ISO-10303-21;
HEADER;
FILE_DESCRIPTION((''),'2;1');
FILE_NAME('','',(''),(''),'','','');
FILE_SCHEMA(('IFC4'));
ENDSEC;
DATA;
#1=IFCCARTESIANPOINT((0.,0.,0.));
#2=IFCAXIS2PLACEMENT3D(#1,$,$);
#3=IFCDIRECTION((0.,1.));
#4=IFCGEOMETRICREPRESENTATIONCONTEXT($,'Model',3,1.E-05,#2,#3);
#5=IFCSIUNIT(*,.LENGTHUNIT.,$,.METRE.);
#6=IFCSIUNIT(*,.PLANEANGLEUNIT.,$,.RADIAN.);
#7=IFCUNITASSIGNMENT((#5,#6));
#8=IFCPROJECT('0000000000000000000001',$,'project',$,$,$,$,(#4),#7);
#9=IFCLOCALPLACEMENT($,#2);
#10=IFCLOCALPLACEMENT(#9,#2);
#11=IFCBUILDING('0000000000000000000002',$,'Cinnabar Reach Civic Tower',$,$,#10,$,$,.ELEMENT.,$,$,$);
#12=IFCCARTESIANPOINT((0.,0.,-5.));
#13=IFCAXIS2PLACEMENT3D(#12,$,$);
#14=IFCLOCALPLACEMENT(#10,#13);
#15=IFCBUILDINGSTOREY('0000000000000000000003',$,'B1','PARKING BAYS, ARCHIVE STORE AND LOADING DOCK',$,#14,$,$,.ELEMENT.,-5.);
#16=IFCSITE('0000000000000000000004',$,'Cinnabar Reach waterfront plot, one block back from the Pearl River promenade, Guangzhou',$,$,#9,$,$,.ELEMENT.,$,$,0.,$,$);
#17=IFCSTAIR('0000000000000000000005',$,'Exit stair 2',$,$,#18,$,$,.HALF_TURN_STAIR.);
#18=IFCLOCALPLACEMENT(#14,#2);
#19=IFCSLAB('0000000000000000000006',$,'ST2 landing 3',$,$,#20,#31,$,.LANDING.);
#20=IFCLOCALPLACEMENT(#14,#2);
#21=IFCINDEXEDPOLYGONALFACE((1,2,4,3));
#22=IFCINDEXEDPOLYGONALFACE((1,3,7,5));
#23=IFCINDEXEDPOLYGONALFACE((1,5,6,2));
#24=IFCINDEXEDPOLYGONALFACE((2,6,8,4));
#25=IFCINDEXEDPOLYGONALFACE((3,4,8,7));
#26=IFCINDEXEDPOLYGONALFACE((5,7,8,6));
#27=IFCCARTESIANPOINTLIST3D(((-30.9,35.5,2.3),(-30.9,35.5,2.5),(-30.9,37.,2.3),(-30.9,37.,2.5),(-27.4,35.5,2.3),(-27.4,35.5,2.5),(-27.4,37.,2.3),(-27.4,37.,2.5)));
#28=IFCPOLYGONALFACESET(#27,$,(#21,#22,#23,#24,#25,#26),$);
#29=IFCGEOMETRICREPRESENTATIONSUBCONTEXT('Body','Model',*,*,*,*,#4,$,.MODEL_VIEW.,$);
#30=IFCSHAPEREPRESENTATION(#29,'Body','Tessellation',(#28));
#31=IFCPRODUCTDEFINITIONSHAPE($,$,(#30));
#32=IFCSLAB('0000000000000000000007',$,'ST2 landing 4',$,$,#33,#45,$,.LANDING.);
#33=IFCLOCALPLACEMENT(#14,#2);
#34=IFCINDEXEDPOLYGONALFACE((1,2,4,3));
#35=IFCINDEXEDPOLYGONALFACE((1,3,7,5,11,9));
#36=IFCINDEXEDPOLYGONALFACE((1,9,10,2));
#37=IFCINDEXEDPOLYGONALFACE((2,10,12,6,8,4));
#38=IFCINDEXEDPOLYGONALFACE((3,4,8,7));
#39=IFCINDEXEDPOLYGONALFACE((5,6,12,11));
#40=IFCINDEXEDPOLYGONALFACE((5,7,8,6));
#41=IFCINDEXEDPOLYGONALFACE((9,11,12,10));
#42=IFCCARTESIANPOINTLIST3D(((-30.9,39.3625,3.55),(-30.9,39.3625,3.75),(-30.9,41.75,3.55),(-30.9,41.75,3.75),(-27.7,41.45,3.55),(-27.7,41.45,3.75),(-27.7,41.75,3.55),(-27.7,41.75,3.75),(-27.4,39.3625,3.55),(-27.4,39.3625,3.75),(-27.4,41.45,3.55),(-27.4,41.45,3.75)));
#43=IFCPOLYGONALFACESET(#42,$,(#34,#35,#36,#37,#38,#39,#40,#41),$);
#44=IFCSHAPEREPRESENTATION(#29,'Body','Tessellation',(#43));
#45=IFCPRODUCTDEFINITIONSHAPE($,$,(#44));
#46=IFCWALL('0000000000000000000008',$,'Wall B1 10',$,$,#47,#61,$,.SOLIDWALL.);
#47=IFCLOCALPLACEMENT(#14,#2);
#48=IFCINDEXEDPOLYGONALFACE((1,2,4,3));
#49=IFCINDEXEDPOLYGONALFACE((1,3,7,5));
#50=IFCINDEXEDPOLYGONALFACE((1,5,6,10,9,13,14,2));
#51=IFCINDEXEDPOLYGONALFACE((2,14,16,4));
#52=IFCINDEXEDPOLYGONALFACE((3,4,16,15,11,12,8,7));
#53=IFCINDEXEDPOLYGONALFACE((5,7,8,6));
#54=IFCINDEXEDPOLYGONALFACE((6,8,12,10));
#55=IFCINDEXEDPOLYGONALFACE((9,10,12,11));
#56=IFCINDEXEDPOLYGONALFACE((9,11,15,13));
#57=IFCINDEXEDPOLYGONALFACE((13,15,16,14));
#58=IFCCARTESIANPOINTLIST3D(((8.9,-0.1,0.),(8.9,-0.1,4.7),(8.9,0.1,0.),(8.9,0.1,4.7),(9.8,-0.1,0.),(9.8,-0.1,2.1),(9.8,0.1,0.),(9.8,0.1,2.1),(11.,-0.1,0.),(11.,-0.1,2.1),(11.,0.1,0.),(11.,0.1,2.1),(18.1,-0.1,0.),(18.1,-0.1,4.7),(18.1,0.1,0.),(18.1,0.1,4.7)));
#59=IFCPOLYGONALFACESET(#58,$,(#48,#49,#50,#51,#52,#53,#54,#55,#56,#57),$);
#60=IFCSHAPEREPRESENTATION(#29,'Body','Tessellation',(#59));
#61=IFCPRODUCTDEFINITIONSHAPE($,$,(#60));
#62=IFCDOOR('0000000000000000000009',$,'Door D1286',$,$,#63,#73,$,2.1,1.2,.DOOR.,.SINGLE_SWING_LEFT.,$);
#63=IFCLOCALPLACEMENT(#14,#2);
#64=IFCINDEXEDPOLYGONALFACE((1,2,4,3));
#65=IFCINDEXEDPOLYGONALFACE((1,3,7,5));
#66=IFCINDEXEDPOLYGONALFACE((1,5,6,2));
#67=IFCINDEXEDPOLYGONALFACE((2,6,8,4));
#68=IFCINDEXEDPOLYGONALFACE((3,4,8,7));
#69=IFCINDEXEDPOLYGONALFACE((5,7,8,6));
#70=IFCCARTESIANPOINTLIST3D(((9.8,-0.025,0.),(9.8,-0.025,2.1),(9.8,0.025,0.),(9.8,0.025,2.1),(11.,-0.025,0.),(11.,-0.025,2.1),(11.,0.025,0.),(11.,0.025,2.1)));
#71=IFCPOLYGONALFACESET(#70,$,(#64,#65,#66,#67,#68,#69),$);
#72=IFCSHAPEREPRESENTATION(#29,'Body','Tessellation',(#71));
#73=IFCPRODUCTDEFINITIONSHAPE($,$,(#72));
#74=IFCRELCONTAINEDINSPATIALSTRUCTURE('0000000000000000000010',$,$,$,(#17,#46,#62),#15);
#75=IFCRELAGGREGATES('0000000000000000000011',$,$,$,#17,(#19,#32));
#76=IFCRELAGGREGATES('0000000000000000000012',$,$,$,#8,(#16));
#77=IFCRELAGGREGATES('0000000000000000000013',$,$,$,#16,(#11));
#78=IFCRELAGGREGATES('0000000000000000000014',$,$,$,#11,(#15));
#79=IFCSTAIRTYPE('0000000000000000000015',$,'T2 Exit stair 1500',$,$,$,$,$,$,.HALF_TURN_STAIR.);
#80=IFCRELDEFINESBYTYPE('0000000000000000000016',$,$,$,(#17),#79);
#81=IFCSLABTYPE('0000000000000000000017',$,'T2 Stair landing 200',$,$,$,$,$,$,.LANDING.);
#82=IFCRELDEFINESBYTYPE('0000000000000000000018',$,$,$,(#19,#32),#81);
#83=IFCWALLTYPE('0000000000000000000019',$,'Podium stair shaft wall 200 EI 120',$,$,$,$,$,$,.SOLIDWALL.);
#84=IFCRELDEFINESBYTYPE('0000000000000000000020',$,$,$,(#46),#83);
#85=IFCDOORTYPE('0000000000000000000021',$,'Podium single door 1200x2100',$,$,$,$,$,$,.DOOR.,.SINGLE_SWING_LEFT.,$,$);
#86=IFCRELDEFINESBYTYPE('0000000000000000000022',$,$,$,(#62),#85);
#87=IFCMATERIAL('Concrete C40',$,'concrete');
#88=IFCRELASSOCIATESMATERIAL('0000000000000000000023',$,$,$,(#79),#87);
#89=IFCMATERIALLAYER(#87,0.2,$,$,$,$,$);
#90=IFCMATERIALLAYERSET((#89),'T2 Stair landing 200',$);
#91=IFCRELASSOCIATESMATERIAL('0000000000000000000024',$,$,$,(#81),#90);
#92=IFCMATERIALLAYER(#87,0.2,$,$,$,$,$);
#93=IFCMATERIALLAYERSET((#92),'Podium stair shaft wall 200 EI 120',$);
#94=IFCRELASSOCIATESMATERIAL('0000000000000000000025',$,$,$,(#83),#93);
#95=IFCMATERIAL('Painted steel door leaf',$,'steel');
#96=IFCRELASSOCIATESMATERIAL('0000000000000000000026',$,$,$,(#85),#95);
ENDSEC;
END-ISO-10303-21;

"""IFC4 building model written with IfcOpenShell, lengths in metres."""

from ifc_helpers import new_model, si_unit, direction, frame, frame_2d, origin, place, context, subcontext, project, spatial, polyline, rectangle, outline, extrude, material, layer, layer_set, type_object, element, fill, aggregate, save


model = new_model("IFC4")

# Units and contexts
model_context = context("Model", 3, precision=1e-05, world=origin(), true_north=direction((0.0, 1.0)))
body_context = subcontext(model_context, "Body", "Model", "MODEL_VIEW")
ifc_project = project(units=[si_unit("LENGTHUNIT", "METRE"), si_unit("PLANEANGLEUNIT", "RADIAN")], contexts=[model_context])

# Site, building, storey
site_placement = place(None, origin())
site = spatial("IfcSite", under=ifc_project, at=site_placement, Name="Cinnabar Reach waterfront plot, one block back from the Pearl River promenade, Guangzhou", CompositionType="ELEMENT", RefElevation=0.0)
building_placement = place(site_placement, origin())
building = spatial("IfcBuilding", under=site, at=building_placement, Name="Cinnabar Reach Civic Tower", CompositionType="ELEMENT")
storey_placement = place(building_placement, frame((0.0, 0.0, -5.0)))
storey = spatial("IfcBuildingStorey", under=building, at=storey_placement, Name="B1", Description="PARKING BAYS, ARCHIVE STORE AND LOADING DOCK", CompositionType="ELEMENT", Elevation=-5.0)

# Shared definitions
ifc_material_1 = material(Name="Concrete C40", Category="concrete")

# Stair, slabs
stair_type_1 = type_object("IfcStairType", Name="T2 Exit stair 1500", PredefinedType="HALF_TURN_STAIR", material=ifc_material_1)
ifc_layer_1 = layer(ifc_material_1, 0.2)
ifc_layer_set_1 = layer_set([ifc_layer_1], Name="T2 Stair landing 200")
slab_type_1 = type_object("IfcSlabType", Name="T2 Stair landing 200", PredefinedType="LANDING", material=ifc_layer_set_1)
stair_1_placement = place(storey_placement, origin())
stair_1 = element("IfcStair", 1, at=stair_1_placement, inside=storey, type_object=stair_type_1, Name="Exit stair 2", PredefinedType="HALF_TURN_STAIR")
slab_1_placement = place(storey_placement, frame((0.0, 0.0, 2.3)))
slab_1 = element("IfcSlab", 2, at=slab_1_placement, type_object=slab_type_1, Name="ST2 landing 3", PredefinedType="LANDING", context=body_context, shape_type="SweptSolid", body=[
    extrude(outline(polyline([(-30.9, 35.5), (-30.9, 37.0), (-27.4, 37.0), (-27.4, 35.5), (-30.9, 35.5)])), origin(), (0.0, 0.0, 1.0), 0.2),
])
slab_2_placement = place(storey_placement, frame((0.0, 0.0, 3.55)))
slab_2 = element("IfcSlab", 3, at=slab_2_placement, type_object=slab_type_1, Name="ST2 landing 4", PredefinedType="LANDING", context=body_context, shape_type="SweptSolid", body=[
    extrude(outline(polyline([(-27.4, 39.3625), (-30.9, 39.3625), (-30.9, 41.75), (-27.7, 41.75), (-27.7, 41.45), (-27.4, 41.45), (-27.4, 39.3625)])), origin(), (0.0, 0.0, 1.0), 0.2),
])
aggregate(stair_1, [slab_1, slab_2])

# Wall, opening, door
ifc_layer_2 = layer(ifc_material_1, 0.2)
ifc_layer_set_2 = layer_set([ifc_layer_2], Name="Podium stair shaft wall 200 EI 120")
wall_type = type_object("IfcWallType", Name="Podium stair shaft wall 200 EI 120", PredefinedType="SOLIDWALL", material=ifc_layer_set_2)
wall_placement = place(storey_placement, frame((8.9, 0.0, 0.0), z_axis=(0.0, 0.0, 1.0), x_axis=(1.0, 0.0, 0.0)))
wall = element("IfcWall", 4, at=wall_placement, inside=storey, type_object=wall_type, Name="Wall B1 10", PredefinedType="SOLIDWALL", context=body_context, shape_type="SweptSolid", body=[
    extrude(rectangle(XDim=9.2, YDim=0.2, at=frame_2d((4.6, 0.0))), origin(), (0.0, 0.0, 1.0), 4.7),
])
opening_placement = place(wall_placement, frame((0.9, 0.0, 0.0)))
opening = element("IfcOpeningElement", 5, at=opening_placement, cuts=wall, PredefinedType="OPENING", context=body_context, shape_type="SweptSolid", body=[
    extrude(rectangle(XDim=1.2, YDim=2.1, at=frame_2d((0.6, 1.05))), frame((0.0, 0.11, 0.0), z_axis=(0.0, -1.0, 0.0), x_axis=(1.0, 0.0, 0.0)), (0.0, 0.0, 1.0), 0.22),
])
ifc_material_2 = material(Name="Painted steel door leaf", Category="steel")
door_type = type_object("IfcDoorType", Name="Podium single door 1200x2100", OperationType="SINGLE_SWING_LEFT", PredefinedType="DOOR", material=ifc_material_2)
door_placement = place(opening_placement, frame((1.2, 0.0, 0.0), z_axis=(0.0, 0.0, 1.0), x_axis=(-1.0, 0.0, 0.0)))
door = element("IfcDoor", 6, at=door_placement, inside=storey, type_object=door_type, Name="Door D1286", OperationType="SINGLE_SWING_LEFT", OverallHeight=2.1, OverallWidth=1.2, PredefinedType="DOOR", context=body_context, shape_type="SweptSolid", body=[
    extrude(rectangle(XDim=1.2, YDim=2.1, at=frame_2d((0.6, 1.05))), frame((0.0, 0.025, 0.0), z_axis=(0.0, -1.0, 0.0), x_axis=(1.0, 0.0, 0.0)), (0.0, 0.0, 1.0), 0.05),
])
fill(opening, door)

save(model, "model.ifc")
